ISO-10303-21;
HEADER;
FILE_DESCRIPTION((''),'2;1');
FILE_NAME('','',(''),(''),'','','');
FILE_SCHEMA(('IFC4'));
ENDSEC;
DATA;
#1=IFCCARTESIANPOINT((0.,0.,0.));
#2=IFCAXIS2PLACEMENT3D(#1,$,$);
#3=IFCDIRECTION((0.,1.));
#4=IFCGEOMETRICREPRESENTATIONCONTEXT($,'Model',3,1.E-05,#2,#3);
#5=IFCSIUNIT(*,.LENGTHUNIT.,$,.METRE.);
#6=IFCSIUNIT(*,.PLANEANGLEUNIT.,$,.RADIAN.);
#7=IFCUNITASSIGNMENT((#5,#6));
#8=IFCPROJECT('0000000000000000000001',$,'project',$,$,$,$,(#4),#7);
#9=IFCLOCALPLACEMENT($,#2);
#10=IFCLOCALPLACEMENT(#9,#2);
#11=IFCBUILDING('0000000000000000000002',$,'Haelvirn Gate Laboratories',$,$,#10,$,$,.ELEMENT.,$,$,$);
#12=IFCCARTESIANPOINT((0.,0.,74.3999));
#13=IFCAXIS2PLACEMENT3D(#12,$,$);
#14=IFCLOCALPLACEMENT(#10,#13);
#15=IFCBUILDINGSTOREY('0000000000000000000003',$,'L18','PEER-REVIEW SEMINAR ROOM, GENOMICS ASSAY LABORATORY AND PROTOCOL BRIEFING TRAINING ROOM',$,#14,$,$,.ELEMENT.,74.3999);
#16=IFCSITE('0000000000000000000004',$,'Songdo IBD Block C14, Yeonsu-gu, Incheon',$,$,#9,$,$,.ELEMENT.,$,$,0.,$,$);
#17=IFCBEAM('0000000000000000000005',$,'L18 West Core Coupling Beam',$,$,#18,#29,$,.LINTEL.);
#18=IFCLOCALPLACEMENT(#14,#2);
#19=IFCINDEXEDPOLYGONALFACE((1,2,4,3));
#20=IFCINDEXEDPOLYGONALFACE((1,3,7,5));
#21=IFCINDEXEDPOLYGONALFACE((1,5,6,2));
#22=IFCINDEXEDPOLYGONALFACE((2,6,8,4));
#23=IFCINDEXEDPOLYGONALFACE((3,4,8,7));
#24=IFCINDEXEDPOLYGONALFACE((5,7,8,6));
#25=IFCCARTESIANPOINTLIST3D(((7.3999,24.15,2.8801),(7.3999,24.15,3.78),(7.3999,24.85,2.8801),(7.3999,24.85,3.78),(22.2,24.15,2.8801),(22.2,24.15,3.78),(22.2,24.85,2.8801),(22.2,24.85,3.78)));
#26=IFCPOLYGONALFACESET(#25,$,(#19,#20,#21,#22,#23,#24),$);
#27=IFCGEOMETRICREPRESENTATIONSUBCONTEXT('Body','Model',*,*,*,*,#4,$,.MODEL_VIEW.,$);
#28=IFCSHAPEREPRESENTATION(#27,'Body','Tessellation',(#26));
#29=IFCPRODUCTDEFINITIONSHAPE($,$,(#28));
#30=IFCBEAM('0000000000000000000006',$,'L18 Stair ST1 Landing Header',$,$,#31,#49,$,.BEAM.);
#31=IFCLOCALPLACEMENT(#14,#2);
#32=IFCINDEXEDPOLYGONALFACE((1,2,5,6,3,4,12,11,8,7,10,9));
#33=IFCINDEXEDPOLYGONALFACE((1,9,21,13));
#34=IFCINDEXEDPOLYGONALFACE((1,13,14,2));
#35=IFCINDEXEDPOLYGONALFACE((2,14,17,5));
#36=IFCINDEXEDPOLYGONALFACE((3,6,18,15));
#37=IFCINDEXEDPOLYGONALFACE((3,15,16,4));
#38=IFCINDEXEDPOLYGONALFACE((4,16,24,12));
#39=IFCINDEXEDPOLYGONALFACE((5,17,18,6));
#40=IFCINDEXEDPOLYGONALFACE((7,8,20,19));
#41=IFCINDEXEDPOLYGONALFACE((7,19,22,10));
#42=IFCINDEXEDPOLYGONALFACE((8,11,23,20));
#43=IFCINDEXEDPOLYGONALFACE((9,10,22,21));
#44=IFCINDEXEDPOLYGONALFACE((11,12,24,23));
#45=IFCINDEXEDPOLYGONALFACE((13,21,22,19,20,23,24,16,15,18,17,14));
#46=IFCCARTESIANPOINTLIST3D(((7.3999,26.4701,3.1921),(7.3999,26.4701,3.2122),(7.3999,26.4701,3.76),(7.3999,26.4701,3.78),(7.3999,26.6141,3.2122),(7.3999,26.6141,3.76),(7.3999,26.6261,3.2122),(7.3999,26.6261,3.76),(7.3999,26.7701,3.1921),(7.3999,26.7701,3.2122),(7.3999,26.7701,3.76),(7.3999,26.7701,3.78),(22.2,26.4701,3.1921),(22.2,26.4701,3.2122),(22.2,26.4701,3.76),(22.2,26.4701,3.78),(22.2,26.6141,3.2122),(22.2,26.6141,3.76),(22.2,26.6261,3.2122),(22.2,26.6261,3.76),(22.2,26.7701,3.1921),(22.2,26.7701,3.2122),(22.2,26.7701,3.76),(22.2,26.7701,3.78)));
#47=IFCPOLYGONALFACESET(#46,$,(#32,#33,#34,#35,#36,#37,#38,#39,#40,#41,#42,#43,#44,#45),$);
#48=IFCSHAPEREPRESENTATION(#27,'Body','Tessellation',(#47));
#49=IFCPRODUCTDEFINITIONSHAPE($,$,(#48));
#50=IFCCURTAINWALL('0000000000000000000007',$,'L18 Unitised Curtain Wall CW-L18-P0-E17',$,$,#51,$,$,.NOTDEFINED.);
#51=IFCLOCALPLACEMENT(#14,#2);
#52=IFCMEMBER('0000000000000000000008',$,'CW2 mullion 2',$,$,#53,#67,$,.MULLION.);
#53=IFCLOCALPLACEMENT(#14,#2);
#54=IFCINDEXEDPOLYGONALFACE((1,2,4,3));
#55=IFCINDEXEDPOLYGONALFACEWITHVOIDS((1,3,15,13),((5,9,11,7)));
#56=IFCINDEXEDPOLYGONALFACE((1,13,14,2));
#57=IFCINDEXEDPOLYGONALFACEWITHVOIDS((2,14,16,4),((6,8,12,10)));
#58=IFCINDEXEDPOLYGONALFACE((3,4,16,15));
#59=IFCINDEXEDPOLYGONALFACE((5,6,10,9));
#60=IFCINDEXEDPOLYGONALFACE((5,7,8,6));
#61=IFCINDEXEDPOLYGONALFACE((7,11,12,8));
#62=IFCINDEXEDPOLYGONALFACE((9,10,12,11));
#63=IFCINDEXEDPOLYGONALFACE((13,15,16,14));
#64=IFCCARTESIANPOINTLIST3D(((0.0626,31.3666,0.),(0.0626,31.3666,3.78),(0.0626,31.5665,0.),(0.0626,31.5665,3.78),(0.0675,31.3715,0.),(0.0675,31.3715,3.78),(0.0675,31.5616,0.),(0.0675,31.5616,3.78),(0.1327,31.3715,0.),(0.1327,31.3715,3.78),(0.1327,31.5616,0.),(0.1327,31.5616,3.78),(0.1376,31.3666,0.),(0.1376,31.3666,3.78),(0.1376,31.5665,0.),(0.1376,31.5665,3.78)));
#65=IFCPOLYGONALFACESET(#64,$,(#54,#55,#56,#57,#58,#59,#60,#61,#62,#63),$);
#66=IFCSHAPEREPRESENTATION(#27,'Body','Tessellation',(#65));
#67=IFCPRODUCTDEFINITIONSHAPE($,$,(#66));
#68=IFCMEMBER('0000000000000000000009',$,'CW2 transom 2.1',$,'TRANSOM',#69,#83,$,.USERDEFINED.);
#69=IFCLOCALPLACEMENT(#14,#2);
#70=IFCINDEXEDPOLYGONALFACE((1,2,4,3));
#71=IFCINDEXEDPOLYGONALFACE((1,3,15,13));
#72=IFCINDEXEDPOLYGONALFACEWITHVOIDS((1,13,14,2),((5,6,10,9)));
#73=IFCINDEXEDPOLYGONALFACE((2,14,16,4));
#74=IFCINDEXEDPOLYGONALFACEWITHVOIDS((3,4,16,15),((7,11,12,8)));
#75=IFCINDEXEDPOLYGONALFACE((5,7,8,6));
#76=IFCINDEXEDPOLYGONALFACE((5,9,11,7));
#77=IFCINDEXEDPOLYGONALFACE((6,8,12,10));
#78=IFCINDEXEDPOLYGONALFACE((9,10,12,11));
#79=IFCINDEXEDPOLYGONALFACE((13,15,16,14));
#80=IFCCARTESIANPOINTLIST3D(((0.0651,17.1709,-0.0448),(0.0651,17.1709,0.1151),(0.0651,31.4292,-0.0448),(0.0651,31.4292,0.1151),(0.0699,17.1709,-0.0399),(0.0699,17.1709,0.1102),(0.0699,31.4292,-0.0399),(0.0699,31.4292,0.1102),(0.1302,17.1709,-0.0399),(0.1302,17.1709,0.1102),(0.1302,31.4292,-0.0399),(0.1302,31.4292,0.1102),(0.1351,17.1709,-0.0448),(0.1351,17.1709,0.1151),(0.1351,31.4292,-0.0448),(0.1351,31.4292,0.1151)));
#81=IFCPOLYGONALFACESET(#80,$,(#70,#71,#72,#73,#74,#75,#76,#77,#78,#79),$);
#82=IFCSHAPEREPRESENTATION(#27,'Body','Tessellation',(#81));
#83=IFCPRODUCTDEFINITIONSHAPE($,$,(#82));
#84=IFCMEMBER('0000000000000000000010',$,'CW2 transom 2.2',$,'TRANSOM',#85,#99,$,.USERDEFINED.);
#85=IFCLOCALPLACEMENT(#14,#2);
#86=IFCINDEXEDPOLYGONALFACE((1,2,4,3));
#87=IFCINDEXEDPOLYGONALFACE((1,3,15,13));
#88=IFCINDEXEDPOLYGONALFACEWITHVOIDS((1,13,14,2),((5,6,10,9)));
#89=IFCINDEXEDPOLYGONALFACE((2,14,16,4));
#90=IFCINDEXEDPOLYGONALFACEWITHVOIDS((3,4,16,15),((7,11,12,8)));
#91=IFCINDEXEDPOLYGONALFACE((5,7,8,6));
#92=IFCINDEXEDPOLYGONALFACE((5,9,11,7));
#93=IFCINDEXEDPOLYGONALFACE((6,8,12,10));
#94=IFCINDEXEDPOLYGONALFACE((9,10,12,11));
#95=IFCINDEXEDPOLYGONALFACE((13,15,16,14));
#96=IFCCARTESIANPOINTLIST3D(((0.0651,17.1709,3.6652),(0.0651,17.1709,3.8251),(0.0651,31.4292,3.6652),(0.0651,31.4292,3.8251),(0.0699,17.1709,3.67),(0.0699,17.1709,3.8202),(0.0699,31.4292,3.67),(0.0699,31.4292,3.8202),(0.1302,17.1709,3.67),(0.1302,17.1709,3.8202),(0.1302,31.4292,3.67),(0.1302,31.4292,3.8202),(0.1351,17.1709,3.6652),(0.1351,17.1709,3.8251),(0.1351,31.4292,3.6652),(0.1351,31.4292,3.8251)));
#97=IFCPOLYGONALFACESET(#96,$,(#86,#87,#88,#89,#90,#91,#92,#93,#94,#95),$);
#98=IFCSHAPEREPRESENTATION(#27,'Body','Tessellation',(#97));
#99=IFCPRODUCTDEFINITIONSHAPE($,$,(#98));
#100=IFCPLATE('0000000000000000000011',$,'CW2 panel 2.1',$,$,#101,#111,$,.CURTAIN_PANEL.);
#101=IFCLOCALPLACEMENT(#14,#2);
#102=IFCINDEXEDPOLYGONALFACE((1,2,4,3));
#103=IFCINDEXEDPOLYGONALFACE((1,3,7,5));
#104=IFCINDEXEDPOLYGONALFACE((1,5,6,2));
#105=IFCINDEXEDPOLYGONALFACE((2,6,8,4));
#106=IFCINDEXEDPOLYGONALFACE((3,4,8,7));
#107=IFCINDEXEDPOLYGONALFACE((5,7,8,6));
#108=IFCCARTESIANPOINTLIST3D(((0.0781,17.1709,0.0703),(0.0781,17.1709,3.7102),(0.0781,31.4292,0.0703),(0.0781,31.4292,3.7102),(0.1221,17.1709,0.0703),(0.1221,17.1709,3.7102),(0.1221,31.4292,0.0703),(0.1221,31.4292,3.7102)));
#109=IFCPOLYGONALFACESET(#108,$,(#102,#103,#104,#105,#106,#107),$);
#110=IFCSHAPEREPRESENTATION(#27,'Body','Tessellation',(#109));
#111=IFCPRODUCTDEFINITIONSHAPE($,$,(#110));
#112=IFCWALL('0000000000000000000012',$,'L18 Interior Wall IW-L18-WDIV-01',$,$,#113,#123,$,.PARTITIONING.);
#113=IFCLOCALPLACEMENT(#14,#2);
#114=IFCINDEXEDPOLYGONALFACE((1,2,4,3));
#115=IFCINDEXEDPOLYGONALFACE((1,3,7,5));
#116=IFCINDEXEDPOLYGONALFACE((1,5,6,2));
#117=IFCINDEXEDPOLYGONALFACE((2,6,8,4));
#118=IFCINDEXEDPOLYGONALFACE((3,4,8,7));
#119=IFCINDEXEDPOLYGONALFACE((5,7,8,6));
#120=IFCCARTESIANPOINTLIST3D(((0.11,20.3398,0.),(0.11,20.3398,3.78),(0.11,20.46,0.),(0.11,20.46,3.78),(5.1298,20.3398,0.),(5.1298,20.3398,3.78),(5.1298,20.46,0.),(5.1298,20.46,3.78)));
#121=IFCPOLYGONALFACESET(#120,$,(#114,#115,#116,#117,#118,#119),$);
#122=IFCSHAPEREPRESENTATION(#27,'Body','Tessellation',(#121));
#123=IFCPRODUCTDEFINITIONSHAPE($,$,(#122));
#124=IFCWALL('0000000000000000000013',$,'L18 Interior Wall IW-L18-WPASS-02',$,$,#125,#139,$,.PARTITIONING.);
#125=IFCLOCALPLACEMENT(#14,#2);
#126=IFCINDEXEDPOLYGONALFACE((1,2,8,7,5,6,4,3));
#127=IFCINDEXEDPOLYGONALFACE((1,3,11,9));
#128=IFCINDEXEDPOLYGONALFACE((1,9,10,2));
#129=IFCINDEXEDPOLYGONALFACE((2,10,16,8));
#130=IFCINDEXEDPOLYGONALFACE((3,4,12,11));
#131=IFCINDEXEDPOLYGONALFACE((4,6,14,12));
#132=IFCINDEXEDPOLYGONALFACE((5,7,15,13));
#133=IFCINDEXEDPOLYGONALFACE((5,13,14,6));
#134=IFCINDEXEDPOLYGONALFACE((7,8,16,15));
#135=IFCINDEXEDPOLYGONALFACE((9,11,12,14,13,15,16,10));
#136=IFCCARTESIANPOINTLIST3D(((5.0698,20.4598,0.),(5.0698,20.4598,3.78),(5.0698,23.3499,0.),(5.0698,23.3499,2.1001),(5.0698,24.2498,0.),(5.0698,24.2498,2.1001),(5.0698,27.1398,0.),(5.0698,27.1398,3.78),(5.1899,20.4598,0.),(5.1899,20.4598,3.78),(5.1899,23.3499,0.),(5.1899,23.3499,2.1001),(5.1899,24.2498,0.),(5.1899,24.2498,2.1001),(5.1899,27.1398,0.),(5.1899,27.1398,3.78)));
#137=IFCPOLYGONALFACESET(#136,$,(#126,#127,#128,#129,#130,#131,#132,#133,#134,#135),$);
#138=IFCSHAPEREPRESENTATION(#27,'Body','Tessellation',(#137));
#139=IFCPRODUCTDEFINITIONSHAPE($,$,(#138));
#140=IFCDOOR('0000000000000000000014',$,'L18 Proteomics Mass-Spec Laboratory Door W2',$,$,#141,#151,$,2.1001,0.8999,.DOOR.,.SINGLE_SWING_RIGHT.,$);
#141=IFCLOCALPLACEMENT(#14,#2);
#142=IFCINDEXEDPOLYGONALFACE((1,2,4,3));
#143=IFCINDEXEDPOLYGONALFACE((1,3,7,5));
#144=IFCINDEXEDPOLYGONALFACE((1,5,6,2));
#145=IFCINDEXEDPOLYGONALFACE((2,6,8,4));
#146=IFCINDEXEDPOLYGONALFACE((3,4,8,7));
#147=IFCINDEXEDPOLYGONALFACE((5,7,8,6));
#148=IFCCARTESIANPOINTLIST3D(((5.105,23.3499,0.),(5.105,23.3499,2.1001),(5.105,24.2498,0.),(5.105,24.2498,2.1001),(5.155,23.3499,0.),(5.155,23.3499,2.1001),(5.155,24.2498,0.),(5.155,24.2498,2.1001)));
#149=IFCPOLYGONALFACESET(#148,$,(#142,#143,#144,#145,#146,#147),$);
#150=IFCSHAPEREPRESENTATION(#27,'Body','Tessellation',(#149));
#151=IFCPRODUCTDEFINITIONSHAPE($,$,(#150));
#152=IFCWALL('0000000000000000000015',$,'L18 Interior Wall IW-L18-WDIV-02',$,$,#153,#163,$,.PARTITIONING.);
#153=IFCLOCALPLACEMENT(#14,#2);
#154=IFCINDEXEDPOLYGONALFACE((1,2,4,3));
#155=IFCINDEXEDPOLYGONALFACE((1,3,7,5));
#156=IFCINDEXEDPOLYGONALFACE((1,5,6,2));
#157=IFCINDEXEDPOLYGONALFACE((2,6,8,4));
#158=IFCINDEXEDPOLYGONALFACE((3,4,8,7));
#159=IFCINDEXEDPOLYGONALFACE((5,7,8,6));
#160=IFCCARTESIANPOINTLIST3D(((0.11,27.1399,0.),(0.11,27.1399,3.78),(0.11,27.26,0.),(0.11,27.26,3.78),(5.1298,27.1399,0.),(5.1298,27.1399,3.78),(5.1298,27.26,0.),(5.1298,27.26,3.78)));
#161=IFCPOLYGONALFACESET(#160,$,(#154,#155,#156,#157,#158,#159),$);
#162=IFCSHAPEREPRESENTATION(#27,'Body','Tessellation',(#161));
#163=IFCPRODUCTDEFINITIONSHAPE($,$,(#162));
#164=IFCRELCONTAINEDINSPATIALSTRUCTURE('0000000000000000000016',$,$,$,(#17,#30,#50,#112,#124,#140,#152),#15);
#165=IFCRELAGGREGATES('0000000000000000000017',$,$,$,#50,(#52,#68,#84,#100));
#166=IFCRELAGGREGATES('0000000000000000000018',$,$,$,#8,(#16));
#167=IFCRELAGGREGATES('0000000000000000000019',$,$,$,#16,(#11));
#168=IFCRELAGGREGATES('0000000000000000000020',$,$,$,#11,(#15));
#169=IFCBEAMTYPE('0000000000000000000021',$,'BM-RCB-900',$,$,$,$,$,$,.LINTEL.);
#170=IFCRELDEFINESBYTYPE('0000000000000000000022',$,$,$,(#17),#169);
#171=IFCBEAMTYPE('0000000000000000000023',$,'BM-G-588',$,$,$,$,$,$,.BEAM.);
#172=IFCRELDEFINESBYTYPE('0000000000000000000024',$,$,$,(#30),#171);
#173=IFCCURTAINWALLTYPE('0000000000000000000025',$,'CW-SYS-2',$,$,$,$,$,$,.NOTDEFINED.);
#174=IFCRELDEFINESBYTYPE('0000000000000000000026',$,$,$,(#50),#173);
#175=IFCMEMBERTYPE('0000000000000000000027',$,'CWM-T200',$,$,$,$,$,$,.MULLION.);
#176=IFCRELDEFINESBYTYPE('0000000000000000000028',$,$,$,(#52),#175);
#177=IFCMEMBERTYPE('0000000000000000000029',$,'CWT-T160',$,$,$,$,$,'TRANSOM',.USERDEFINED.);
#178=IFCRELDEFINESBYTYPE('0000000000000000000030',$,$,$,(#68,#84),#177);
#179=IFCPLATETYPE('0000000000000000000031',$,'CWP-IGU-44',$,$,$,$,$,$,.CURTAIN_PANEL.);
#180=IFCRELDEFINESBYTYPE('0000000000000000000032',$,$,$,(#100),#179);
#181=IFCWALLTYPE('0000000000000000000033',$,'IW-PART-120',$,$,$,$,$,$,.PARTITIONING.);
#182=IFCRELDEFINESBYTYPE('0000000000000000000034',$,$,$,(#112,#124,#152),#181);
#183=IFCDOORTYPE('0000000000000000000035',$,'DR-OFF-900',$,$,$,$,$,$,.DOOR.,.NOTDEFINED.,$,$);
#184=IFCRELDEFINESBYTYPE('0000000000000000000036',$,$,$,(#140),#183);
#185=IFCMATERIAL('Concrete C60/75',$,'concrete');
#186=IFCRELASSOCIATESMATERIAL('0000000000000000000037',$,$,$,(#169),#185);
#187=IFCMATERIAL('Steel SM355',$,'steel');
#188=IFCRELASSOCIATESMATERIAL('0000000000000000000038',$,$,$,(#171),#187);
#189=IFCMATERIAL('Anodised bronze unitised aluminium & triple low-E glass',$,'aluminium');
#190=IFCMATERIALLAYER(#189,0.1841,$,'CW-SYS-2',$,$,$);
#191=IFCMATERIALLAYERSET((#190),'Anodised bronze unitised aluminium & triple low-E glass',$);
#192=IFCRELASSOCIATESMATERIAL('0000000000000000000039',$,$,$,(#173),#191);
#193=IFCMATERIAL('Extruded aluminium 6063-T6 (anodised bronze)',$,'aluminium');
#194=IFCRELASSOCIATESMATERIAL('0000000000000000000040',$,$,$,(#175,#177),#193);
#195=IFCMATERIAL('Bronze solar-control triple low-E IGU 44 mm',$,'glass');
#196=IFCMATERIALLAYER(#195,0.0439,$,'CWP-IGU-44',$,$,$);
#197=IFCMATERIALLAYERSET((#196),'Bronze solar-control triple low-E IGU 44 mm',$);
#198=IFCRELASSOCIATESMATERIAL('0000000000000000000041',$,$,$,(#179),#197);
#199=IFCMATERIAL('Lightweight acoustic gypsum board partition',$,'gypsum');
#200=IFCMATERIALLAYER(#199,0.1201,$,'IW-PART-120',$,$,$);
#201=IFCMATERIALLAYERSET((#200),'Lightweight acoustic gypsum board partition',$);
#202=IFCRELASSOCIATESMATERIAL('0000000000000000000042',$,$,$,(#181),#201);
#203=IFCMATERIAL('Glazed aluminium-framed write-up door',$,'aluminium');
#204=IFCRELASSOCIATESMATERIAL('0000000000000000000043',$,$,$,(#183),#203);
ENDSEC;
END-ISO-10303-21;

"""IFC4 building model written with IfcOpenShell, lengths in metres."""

from ifc_helpers import new_model, si_unit, direction, frame, frame_2d, origin, origin_2d, place, context, subcontext, project, spatial, rectangle, hollow_rectangle, i_section, extrude, source, transform, mapped, material, layer, layer_set, material_profile, profile_set, type_object, type_shapes, element, fill, aggregate, save


model = new_model("IFC4")

# Units and contexts
model_context = context("Model", 3, precision=1e-05, world=origin(), true_north=direction((0.0, 1.0)))
body_context = subcontext(model_context, "Body", "Model", "MODEL_VIEW")
ifc_project = project(units=[si_unit("LENGTHUNIT", "METRE"), si_unit("PLANEANGLEUNIT", "RADIAN")], contexts=[model_context])

# Site, building, storey
site_placement = place(None, origin())
site = spatial("IfcSite", under=ifc_project, at=site_placement, Name="Songdo IBD Block C14, Yeonsu-gu, Incheon", CompositionType="ELEMENT", RefElevation=0.0)
building_placement = place(site_placement, origin())
building = spatial("IfcBuilding", under=site, at=building_placement, Name="Haelvirn Gate Laboratories", CompositionType="ELEMENT")
storey_placement = place(building_placement, frame((0.0, 0.0, 74.3999)))
storey = spatial("IfcBuildingStorey", under=building, at=storey_placement, Name="L18", Description="PEER-REVIEW SEMINAR ROOM, GENOMICS ASSAY LABORATORY AND PROTOCOL BRIEFING TRAINING ROOM", CompositionType="ELEMENT", Elevation=74.3999)

# Beams
ifc_material_1 = material(Name="Concrete C60/75", Category="concrete")
ifc_material_profile_1 = material_profile(ifc_material_1, rectangle(XDim=0.7, YDim=0.8999, at=origin_2d()), Name="RCB-700x900")
ifc_profile_set_1 = profile_set([ifc_material_profile_1], Name="Concrete C60/75")
beam_type_1 = type_object("IfcBeamType", Name="BM-RCB-900", PredefinedType="LINTEL", material=ifc_profile_set_1)
shared_shape_1 = source(origin(), body_context, "Body", "SweptSolid", [
    extrude(rectangle(XDim=0.7, YDim=0.8999, at=origin_2d()), origin(), (0.0, 0.0, 1.0), 14.8),
])
type_shapes(beam_type_1, [shared_shape_1])
beam_1_placement = place(storey_placement, frame((7.3999, 24.5, 3.3301), z_axis=(1.0, 0.0, 0.0), x_axis=(0.0, 1.0, 0.0)))
element("IfcBeam", 1, at=beam_1_placement, inside=storey, type_object=beam_type_1, Name="L18 West Core Coupling Beam", PredefinedType="LINTEL", context=body_context, shape_type="MappedRepresentation", body=[
    mapped(shared_shape_1, transform((0.0, 0.0, 0.0), scale=1.0)),
])
ifc_material_2 = material(Name="Steel SM355", Category="steel")
ifc_material_profile_2 = material_profile(ifc_material_2, i_section(OverallWidth=0.3, OverallDepth=0.5879, WebThickness=0.012, FlangeThickness=0.02, at=origin_2d()), Name="H-588x300x12x20")
ifc_profile_set_2 = profile_set([ifc_material_profile_2], Name="Steel SM355")
beam_type_2 = type_object("IfcBeamType", Name="BM-G-588", PredefinedType="BEAM", material=ifc_profile_set_2)
shared_shape_2 = source(origin(), body_context, "Body", "SweptSolid", [
    extrude(i_section(OverallWidth=0.3, OverallDepth=0.5879, WebThickness=0.012, FlangeThickness=0.02, at=origin_2d()), origin(), (0.0, 0.0, 1.0), 14.8),
])
type_shapes(beam_type_2, [shared_shape_2])
beam_2_placement = place(storey_placement, frame((7.3999, 26.6201, 3.4861), z_axis=(1.0, 0.0, 0.0), x_axis=(0.0, 1.0, 0.0)))
element("IfcBeam", 2, at=beam_2_placement, inside=storey, type_object=beam_type_2, Name="L18 Stair ST1 Landing Header", PredefinedType="BEAM", context=body_context, shape_type="MappedRepresentation", body=[
    mapped(shared_shape_2, transform((0.0, 0.0, 0.0), scale=1.0)),
])

# Curtain wall, members, plate
ifc_material_3 = material(Name="Anodised bronze unitised aluminium & triple low-E glass", Category="aluminium")
ifc_layer_1 = layer(ifc_material_3, 0.1841, Name="CW-SYS-2")
ifc_layer_set_1 = layer_set([ifc_layer_1], Name="Anodised bronze unitised aluminium & triple low-E glass")
curtain_wall_type = type_object("IfcCurtainWallType", Name="CW-SYS-2", PredefinedType="NOTDEFINED", material=ifc_layer_set_1)
curtain_wall_placement = place(storey_placement, origin())
curtain_wall = element("IfcCurtainWall", 3, at=curtain_wall_placement, inside=storey, type_object=curtain_wall_type, Name="L18 Unitised Curtain Wall CW-L18-P0-E17", PredefinedType="NOTDEFINED")
ifc_material_4 = material(Name="Extruded aluminium 6063-T6 (anodised bronze)", Category="aluminium")
ifc_material_profile_3 = material_profile(ifc_material_4, hollow_rectangle(XDim=0.075, YDim=0.2, WallThickness=0.0049, at=origin_2d()), Name="CWM-200x75x5")
ifc_profile_set_3 = profile_set([ifc_material_profile_3], Name="Extruded aluminium 6063-T6 (anodised bronze)")
member_type_1 = type_object("IfcMemberType", Name="CWM-T200", PredefinedType="MULLION", material=ifc_profile_set_3)
shared_shape_3 = source(origin(), body_context, "Body", "SweptSolid", [
    extrude(hollow_rectangle(XDim=0.075, YDim=0.2, WallThickness=0.0049, at=origin_2d()), origin(), (0.0, 0.0, 1.0), 3.78),
])
type_shapes(member_type_1, [shared_shape_3])
member_1_placement = place(storey_placement, frame((0.1001, 31.4666, 0.0), z_axis=(0.0, 0.0, 1.0), x_axis=(1.0, 0.0, 0.0)))
member_1 = element("IfcMember", 4, at=member_1_placement, type_object=member_type_1, Name="CW2 mullion 2", PredefinedType="MULLION", context=body_context, shape_type="MappedRepresentation", body=[
    mapped(shared_shape_3, transform((0.0, 0.0, 0.0), scale=1.0)),
])
ifc_material_profile_4 = material_profile(ifc_material_4, hollow_rectangle(XDim=0.0701, YDim=0.1599, WallThickness=0.0049, at=origin_2d()), Name="CWT-160x70x5")
ifc_profile_set_4 = profile_set([ifc_material_profile_4], Name="Extruded aluminium 6063-T6 (anodised bronze)")
member_type_2 = type_object("IfcMemberType", Name="CWT-T160", ElementType="TRANSOM", PredefinedType="USERDEFINED", material=ifc_profile_set_4)
shared_shape_4 = source(origin(), body_context, "Body", "SweptSolid", [
    extrude(hollow_rectangle(XDim=0.0701, YDim=0.1599, WallThickness=0.0049, at=origin_2d()), origin(), (0.0, 0.0, 1.0), 14.2583),
])
type_shapes(member_type_2, [shared_shape_4])
member_2_placement = place(storey_placement, frame((0.1001, 31.4292, 0.0352), z_axis=(0.0, -1.0, 0.0), x_axis=(1.0, 0.0, 0.0)))
member_2 = element("IfcMember", 5, at=member_2_placement, type_object=member_type_2, Name="CW2 transom 2.1", ObjectType="TRANSOM", PredefinedType="USERDEFINED", context=body_context, shape_type="MappedRepresentation", body=[
    mapped(shared_shape_4, transform((0.0, 0.0, 0.0), scale=1.0)),
])
member_3_placement = place(storey_placement, frame((0.1001, 31.4292, 3.7451), z_axis=(0.0, -1.0, 0.0), x_axis=(1.0, 0.0, 0.0)))
member_3 = element("IfcMember", 6, at=member_3_placement, type_object=member_type_2, Name="CW2 transom 2.2", ObjectType="TRANSOM", PredefinedType="USERDEFINED", context=body_context, shape_type="MappedRepresentation", body=[
    mapped(shared_shape_4, transform((0.0, 0.0, 0.0), scale=1.0)),
])
ifc_material_5 = material(Name="Bronze solar-control triple low-E IGU 44 mm", Category="glass")
ifc_layer_2 = layer(ifc_material_5, 0.0439, Name="CWP-IGU-44")
ifc_layer_set_2 = layer_set([ifc_layer_2], Name="Bronze solar-control triple low-E IGU 44 mm")
plate_type = type_object("IfcPlateType", Name="CWP-IGU-44", PredefinedType="CURTAIN_PANEL", material=ifc_layer_set_2)
shared_shape_5 = source(origin(), body_context, "Body", "SweptSolid", [
    extrude(rectangle(XDim=14.2583, YDim=0.0439, at=origin_2d()), origin(), (0.0, 0.0, 1.0), 3.6399),
])
type_shapes(plate_type, [shared_shape_5])
plate_placement = place(storey_placement, frame((0.1001, 24.3, 0.0703), z_axis=(0.0, 0.0, 1.0), x_axis=(0.0, -1.0, 0.0)))
plate = element("IfcPlate", 7, at=plate_placement, type_object=plate_type, Name="CW2 panel 2.1", PredefinedType="CURTAIN_PANEL", context=body_context, shape_type="MappedRepresentation", body=[
    mapped(shared_shape_5, transform((0.0, 0.0, 0.0), scale=1.0)),
])
aggregate(curtain_wall, [member_1, member_2, member_3, plate])

# Wall
ifc_material_6 = material(Name="Lightweight acoustic gypsum board partition", Category="gypsum")
ifc_layer_3 = layer(ifc_material_6, 0.1201, Name="IW-PART-120")
ifc_layer_set_3 = layer_set([ifc_layer_3], Name="Lightweight acoustic gypsum board partition")
wall_type_1 = type_object("IfcWallType", Name="IW-PART-120", PredefinedType="PARTITIONING", material=ifc_layer_set_3)
wall_1_placement = place(storey_placement, frame((0.1101, 20.3999, 0.0), z_axis=(0.0, 0.0, 1.0), x_axis=(1.0, 0.0, 0.0)))
element("IfcWall", 8, at=wall_1_placement, inside=storey, type_object=wall_type_1, Name="L18 Interior Wall IW-L18-WDIV-01", PredefinedType="PARTITIONING", context=body_context, shape_type="SweptSolid", body=[
    extrude(rectangle(XDim=5.0198, YDim=0.1201, at=frame_2d((2.5098, 0.0))), origin(), (0.0, 0.0, 1.0), 3.78),
])

# Wall, opening, door
wall_2_placement = place(storey_placement, frame((5.1299, 20.46, 0.0), z_axis=(0.0, 0.0, 1.0), x_axis=(0.0, 1.0, 0.0)))
wall_2 = element("IfcWall", 9, at=wall_2_placement, inside=storey, type_object=wall_type_1, Name="L18 Interior Wall IW-L18-WPASS-02", PredefinedType="PARTITIONING", context=body_context, shape_type="SweptSolid", body=[
    extrude(rectangle(XDim=6.6799, YDim=0.1201, at=frame_2d((3.3398, 0.0))), origin(), (0.0, 0.0, 1.0), 3.78),
])
opening_1_placement = place(wall_2_placement, frame((2.8899, 0.0, 0.0)))
opening_1 = element("IfcOpeningElement", 10, at=opening_1_placement, cuts=wall_2, PredefinedType="OPENING", context=body_context, shape_type="SweptSolid", body=[
    extrude(rectangle(XDim=0.8999, YDim=2.1001, at=frame_2d((0.45, 1.05))), frame((0.0, 0.0701, 0.0), z_axis=(0.0, -1.0, 0.0), x_axis=(1.0, 0.0, 0.0)), (0.0, 0.0, 1.0), 0.1401),
])
ifc_material_7 = material(Name="Glazed aluminium-framed write-up door", Category="aluminium")
door_type = type_object("IfcDoorType", Name="DR-OFF-900", OperationType="NOTDEFINED", PredefinedType="DOOR", material=ifc_material_7)
shared_shape_6 = source(origin(), body_context, "Body", "SweptSolid", [
    extrude(rectangle(XDim=0.8999, YDim=2.1001, at=frame_2d((0.45, 1.05))), frame((0.0, 0.0249, 0.0), z_axis=(0.0, -1.0, 0.0), x_axis=(1.0, 0.0, 0.0)), (0.0, 0.0, 1.0), 0.05),
])
type_shapes(door_type, [shared_shape_6])
door_1_placement = place(opening_1_placement, origin())
door_1 = element("IfcDoor", 11, at=door_1_placement, inside=storey, type_object=door_type, Name="L18 Proteomics Mass-Spec Laboratory Door W2", OperationType="SINGLE_SWING_RIGHT", OverallHeight=2.1001, OverallWidth=0.8999, PredefinedType="DOOR", context=body_context, shape_type="MappedRepresentation", body=[
    mapped(shared_shape_6, transform((0.0, 0.0, 0.0), scale=1.0)),
])
fill(opening_1, door_1)

# Wall
wall_3_placement = place(storey_placement, frame((0.1101, 27.2, 0.0), z_axis=(0.0, 0.0, 1.0), x_axis=(1.0, 0.0, 0.0)))
element("IfcWall", 12, at=wall_3_placement, inside=storey, type_object=wall_type_1, Name="L18 Interior Wall IW-L18-WDIV-02", PredefinedType="PARTITIONING", context=body_context, shape_type="SweptSolid", body=[
    extrude(rectangle(XDim=5.0198, YDim=0.1201, at=frame_2d((2.5098, 0.0))), origin(), (0.0, 0.0, 1.0), 3.78),
])

save(model, "model.ifc")
